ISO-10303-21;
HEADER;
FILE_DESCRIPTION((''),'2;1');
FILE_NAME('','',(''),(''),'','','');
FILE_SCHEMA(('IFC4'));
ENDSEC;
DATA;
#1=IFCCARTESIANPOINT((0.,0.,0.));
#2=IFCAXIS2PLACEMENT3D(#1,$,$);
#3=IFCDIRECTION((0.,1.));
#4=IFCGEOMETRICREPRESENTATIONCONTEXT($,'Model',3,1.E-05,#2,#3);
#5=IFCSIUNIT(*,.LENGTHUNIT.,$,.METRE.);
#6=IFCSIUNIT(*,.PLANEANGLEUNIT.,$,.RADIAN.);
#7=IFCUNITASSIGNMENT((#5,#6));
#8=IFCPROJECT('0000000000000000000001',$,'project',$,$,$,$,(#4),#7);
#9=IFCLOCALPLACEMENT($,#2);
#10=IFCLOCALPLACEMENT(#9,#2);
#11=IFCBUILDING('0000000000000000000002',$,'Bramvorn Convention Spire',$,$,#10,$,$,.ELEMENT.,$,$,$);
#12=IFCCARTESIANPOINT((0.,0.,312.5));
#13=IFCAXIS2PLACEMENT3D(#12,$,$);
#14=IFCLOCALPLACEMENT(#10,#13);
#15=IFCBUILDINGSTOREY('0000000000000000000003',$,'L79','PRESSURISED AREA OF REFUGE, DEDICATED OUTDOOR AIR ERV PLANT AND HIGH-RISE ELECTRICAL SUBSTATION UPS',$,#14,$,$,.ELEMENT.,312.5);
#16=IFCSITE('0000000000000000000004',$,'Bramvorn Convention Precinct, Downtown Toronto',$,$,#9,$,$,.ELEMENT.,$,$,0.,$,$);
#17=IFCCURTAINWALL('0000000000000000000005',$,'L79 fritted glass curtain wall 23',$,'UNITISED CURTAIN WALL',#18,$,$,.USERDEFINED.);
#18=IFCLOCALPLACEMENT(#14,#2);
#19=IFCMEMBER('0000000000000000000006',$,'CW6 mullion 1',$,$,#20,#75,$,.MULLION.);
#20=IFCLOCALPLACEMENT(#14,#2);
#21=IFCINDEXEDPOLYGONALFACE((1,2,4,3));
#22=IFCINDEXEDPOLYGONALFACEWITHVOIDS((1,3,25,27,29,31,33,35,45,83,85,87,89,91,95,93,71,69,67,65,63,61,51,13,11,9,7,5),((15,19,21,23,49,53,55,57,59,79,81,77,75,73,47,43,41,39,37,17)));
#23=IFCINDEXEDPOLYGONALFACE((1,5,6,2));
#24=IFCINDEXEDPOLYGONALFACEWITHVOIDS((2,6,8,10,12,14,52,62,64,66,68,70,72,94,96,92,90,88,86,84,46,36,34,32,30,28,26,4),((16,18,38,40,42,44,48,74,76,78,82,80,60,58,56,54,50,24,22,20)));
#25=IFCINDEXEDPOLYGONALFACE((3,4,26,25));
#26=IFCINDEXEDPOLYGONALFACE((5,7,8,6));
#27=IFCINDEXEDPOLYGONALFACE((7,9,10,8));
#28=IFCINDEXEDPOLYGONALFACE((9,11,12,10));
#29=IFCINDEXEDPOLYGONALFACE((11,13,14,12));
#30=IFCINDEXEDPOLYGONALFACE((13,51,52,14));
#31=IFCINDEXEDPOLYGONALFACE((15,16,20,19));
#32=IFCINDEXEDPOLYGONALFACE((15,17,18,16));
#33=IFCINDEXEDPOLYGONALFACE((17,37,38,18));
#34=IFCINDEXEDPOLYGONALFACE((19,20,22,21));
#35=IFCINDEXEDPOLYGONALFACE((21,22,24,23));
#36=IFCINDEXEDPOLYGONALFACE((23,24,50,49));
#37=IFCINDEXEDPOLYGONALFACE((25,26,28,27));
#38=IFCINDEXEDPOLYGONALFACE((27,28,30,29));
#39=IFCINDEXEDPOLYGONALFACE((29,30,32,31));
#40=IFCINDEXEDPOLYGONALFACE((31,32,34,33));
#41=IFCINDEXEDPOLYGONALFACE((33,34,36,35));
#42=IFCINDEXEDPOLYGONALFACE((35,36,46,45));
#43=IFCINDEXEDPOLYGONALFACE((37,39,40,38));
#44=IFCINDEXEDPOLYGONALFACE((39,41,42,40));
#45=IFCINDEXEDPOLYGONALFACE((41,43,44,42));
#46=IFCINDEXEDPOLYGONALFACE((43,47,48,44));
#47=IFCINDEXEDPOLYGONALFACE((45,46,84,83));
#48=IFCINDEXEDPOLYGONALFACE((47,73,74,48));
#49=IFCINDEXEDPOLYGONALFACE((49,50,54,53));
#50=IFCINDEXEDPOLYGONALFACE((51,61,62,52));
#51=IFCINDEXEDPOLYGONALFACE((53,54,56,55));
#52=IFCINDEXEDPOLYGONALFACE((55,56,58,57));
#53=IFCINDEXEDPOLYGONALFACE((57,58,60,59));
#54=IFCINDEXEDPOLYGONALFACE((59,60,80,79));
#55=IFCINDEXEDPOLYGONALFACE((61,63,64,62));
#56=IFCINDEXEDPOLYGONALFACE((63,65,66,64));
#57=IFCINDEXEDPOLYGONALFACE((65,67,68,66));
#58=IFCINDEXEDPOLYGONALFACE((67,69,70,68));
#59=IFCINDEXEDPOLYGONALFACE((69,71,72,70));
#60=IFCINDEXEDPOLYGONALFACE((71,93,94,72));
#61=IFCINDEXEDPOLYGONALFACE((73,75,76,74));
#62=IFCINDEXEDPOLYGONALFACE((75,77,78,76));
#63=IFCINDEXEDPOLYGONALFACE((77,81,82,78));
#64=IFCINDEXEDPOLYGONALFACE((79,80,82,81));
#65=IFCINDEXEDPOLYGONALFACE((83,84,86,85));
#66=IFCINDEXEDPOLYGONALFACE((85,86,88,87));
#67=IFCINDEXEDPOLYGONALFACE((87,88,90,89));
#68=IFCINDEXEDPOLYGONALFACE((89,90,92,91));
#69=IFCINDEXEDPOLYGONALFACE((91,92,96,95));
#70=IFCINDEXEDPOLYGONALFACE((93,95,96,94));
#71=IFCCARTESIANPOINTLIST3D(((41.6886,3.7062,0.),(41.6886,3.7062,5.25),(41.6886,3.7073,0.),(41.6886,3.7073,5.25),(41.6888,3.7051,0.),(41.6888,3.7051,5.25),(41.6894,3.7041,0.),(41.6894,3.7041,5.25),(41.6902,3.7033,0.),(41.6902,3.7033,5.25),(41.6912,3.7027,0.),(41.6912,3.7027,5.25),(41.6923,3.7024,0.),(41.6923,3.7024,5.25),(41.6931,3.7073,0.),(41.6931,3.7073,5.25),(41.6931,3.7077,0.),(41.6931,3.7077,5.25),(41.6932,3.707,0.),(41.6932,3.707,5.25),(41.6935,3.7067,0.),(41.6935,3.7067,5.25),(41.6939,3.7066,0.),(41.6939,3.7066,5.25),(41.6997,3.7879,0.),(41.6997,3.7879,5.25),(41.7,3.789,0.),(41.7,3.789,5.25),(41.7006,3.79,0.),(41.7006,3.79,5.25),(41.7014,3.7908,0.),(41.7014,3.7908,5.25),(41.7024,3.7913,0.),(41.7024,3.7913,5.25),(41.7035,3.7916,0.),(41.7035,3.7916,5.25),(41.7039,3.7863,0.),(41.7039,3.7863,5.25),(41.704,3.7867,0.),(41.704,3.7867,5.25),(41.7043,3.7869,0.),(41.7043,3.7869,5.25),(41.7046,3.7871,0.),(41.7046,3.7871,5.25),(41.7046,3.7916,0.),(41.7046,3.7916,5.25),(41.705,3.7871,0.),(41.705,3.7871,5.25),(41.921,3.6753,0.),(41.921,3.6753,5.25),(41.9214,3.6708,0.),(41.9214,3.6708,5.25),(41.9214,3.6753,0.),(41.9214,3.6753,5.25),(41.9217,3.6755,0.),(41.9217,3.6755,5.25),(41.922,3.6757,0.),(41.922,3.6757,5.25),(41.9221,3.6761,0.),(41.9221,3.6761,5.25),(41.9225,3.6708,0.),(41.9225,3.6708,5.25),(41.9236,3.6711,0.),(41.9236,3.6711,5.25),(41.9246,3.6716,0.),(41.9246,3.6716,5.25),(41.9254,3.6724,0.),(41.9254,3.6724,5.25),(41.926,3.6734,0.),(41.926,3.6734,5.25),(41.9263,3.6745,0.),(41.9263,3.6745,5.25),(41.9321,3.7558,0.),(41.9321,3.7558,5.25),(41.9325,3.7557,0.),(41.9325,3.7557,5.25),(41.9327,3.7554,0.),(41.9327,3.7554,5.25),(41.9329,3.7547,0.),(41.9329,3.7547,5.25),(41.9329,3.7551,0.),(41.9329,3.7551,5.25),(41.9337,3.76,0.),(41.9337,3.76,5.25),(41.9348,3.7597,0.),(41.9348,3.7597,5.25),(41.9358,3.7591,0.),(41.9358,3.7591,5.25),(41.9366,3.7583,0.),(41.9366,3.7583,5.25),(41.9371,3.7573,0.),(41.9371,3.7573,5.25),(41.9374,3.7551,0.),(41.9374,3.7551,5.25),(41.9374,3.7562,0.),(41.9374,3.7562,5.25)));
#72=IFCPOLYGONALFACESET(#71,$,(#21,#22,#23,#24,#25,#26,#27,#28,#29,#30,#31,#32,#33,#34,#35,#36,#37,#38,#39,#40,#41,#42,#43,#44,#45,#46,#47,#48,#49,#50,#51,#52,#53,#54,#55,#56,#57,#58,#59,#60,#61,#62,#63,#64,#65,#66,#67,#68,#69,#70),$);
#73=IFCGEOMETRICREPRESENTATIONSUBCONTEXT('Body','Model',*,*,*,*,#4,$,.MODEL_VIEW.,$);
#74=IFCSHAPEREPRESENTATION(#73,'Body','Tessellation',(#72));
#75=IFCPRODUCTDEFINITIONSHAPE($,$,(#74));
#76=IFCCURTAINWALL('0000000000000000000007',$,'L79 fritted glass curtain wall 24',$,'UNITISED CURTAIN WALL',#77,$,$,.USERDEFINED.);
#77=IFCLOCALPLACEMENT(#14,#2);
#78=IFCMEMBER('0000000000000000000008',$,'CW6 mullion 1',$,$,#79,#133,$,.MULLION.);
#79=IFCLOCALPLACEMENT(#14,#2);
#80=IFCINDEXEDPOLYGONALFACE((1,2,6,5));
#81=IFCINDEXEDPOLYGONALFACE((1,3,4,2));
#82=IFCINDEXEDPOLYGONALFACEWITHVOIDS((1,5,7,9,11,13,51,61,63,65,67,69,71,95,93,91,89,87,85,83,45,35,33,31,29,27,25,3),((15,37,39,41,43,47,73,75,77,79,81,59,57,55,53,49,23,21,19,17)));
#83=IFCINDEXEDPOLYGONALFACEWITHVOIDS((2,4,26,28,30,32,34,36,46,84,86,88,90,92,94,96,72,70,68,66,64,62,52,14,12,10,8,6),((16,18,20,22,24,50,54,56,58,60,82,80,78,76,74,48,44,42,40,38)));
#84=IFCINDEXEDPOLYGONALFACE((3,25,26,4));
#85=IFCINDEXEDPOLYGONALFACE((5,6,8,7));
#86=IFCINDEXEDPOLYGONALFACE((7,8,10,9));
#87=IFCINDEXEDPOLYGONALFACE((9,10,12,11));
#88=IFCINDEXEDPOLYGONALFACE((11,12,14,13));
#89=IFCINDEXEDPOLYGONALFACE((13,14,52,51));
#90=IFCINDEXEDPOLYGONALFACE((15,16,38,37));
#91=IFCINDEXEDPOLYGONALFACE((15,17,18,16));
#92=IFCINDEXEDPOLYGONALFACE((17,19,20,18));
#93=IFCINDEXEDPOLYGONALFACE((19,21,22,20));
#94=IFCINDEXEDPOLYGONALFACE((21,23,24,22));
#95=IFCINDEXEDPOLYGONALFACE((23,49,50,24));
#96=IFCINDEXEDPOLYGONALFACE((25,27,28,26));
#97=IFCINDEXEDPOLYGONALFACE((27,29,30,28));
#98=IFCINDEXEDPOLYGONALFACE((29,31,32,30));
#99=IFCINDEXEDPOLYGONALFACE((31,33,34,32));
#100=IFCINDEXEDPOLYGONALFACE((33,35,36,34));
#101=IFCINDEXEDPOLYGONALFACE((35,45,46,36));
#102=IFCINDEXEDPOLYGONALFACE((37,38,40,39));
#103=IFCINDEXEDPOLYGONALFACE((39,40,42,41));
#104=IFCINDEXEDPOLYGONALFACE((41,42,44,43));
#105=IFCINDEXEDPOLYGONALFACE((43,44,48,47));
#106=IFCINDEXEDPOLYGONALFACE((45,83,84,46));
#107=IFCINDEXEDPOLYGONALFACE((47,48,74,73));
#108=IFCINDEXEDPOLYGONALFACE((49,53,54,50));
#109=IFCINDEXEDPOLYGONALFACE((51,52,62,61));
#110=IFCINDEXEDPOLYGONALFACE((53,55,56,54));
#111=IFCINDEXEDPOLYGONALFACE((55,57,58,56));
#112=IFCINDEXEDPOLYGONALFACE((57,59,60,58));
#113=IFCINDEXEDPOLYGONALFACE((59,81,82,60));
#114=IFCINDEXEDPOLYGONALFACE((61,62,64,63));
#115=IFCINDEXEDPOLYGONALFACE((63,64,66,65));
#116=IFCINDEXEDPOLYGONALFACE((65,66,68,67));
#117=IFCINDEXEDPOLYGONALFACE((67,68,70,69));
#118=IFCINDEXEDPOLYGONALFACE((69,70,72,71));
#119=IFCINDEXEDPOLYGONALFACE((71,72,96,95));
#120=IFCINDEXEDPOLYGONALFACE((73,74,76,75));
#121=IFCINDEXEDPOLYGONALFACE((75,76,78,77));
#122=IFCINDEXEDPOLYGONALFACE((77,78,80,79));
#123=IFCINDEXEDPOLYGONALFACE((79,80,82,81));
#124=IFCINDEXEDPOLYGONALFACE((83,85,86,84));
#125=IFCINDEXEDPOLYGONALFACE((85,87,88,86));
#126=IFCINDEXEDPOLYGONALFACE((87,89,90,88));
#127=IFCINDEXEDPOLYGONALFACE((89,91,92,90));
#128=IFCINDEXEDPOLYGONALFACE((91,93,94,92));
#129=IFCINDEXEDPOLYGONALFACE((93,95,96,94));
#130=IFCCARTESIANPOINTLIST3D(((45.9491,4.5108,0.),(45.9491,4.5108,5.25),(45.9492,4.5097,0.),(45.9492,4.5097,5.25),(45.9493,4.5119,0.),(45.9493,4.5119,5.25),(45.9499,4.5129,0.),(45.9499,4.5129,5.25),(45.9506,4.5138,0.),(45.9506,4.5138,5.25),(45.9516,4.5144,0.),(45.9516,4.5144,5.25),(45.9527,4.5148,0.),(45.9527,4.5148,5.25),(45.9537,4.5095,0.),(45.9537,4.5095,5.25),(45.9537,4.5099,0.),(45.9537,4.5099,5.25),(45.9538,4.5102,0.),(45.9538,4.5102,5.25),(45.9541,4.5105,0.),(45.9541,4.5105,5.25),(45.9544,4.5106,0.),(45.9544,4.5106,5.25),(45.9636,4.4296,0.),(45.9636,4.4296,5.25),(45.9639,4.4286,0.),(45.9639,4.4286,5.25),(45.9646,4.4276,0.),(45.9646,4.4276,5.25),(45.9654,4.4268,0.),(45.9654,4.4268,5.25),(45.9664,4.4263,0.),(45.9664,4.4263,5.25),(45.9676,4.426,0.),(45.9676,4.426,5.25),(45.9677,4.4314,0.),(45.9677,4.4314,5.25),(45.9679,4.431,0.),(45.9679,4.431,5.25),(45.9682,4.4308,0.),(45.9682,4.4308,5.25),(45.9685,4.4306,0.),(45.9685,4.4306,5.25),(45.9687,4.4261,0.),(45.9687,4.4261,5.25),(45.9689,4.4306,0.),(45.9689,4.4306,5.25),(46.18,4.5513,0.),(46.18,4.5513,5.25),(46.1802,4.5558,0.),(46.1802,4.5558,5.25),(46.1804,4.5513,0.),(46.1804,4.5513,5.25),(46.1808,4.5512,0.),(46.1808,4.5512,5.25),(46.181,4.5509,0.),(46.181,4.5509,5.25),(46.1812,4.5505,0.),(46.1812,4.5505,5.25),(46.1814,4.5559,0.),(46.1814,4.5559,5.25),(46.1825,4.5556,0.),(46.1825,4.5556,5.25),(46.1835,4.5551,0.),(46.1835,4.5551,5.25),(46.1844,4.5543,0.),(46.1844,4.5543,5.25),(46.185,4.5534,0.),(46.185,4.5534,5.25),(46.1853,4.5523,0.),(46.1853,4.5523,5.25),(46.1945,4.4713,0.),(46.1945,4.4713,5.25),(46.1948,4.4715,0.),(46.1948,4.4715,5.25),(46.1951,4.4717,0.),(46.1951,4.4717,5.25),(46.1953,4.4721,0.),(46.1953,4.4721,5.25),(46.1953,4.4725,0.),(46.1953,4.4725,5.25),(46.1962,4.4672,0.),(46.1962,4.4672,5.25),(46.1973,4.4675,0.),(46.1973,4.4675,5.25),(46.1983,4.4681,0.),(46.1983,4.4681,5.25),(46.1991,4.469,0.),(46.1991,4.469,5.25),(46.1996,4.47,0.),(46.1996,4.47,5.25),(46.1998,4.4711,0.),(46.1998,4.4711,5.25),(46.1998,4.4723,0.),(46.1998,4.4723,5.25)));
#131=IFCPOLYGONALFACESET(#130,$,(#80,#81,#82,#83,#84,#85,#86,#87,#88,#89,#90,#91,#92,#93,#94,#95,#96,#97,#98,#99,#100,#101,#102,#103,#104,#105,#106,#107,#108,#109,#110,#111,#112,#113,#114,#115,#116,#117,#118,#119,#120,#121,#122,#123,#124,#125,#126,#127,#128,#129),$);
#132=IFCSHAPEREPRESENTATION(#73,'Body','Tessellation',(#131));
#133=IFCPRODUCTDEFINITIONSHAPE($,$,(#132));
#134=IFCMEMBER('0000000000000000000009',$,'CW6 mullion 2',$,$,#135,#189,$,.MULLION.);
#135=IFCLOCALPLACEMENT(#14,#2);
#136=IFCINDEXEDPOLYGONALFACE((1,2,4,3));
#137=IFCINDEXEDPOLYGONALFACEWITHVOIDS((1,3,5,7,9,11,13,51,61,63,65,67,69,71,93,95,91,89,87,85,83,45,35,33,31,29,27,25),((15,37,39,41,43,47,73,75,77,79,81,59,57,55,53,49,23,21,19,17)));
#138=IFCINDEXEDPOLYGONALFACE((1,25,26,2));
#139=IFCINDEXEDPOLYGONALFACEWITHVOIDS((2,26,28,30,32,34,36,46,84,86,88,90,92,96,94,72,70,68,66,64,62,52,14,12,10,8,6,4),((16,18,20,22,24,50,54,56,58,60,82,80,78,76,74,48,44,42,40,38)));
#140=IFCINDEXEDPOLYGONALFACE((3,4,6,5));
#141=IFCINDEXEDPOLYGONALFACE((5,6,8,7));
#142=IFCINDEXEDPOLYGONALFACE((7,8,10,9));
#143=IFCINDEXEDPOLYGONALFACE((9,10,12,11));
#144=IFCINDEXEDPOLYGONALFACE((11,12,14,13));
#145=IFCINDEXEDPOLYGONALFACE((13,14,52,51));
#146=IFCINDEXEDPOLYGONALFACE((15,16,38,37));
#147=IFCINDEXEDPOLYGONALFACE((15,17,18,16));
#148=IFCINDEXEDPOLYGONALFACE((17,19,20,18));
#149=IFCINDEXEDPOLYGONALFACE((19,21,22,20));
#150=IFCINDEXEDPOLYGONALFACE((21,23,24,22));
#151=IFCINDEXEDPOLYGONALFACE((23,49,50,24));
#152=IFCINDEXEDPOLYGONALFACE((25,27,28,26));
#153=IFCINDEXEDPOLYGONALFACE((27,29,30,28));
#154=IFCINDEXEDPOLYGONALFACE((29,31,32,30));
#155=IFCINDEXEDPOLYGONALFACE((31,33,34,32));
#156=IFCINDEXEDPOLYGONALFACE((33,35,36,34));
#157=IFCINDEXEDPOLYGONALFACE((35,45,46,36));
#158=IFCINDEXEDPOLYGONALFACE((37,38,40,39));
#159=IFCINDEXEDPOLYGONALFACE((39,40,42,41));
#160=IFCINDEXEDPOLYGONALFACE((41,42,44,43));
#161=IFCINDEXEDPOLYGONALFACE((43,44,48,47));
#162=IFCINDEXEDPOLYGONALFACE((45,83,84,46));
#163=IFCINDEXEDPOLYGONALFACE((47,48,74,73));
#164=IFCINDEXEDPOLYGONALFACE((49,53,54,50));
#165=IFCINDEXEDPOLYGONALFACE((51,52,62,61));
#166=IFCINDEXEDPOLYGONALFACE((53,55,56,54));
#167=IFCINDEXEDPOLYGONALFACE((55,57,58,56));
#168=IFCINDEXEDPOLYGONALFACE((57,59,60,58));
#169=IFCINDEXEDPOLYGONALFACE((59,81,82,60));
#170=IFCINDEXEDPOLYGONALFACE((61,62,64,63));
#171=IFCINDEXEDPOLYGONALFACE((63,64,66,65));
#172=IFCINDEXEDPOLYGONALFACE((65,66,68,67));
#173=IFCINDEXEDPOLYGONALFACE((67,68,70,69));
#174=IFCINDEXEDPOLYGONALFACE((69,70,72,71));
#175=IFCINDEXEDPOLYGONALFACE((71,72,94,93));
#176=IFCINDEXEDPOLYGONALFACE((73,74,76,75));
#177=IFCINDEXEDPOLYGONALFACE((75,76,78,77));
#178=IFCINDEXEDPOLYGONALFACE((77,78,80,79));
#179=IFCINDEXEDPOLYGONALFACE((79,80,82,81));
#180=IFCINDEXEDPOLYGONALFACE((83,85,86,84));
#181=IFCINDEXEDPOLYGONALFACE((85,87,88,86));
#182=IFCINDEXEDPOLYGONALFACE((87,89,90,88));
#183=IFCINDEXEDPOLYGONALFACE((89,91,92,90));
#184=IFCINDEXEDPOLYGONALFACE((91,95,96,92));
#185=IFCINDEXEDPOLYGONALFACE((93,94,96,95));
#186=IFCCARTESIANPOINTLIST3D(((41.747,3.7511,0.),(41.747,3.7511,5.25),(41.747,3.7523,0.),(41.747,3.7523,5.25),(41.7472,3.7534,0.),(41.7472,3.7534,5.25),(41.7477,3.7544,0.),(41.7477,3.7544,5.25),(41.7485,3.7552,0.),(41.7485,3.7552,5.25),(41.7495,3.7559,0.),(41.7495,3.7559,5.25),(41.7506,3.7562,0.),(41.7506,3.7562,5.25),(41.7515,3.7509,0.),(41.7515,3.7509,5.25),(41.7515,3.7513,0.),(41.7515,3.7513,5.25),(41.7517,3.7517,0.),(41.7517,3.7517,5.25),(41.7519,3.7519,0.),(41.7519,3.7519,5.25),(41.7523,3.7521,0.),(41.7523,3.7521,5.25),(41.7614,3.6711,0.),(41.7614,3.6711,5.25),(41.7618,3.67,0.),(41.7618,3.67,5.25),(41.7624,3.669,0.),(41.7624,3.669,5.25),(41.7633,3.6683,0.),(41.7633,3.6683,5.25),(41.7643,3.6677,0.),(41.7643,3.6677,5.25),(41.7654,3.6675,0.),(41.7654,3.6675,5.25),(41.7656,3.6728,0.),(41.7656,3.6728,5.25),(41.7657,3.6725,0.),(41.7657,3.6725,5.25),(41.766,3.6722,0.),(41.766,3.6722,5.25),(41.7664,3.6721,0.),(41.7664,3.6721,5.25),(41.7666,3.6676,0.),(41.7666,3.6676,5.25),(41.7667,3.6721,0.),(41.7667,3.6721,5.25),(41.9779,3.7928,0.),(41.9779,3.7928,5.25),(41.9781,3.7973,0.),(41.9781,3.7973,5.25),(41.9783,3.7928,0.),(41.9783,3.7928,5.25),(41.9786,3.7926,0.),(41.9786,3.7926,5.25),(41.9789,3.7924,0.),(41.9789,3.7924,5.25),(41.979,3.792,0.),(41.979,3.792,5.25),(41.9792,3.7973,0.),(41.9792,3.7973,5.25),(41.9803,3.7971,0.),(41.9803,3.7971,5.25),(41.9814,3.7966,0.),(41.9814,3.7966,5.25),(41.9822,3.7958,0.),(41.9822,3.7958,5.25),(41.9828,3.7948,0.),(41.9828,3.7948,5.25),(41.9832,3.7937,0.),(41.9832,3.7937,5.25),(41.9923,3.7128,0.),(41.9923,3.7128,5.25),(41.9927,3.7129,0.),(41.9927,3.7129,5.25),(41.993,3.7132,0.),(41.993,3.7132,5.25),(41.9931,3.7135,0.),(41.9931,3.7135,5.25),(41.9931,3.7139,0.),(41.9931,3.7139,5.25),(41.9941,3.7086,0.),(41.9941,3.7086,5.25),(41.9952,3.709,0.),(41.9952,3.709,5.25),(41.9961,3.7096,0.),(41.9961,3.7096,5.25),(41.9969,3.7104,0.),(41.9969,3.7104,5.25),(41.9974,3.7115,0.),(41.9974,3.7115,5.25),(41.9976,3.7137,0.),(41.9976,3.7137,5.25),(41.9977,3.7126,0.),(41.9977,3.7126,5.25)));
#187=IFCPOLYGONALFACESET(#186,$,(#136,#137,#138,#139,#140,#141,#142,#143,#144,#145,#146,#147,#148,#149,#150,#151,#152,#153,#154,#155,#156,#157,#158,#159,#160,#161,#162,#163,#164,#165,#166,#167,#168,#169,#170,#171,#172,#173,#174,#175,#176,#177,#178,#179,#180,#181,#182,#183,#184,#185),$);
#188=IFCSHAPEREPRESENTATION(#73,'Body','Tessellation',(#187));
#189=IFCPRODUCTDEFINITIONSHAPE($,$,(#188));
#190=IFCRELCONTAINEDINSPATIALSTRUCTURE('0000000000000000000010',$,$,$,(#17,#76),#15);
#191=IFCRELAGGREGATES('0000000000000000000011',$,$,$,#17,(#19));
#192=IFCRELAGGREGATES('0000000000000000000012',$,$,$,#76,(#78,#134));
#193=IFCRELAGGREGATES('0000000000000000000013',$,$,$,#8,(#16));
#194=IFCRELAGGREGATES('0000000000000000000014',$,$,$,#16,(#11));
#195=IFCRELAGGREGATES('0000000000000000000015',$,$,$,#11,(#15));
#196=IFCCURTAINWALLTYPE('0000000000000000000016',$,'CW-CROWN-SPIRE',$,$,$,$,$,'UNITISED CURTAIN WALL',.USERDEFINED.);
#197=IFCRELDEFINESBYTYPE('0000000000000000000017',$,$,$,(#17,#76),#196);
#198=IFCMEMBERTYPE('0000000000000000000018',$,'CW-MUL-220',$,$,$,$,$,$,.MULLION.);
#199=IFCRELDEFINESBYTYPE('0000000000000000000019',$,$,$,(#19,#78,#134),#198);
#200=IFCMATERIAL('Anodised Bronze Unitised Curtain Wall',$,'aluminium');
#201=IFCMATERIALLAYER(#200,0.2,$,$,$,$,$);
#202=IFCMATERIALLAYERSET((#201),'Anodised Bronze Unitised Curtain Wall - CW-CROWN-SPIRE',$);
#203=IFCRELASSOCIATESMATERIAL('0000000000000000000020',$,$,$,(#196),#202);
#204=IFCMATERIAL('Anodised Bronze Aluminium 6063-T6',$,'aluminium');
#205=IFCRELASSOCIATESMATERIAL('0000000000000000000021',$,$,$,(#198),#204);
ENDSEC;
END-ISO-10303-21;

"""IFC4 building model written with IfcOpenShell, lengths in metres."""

from ifc_helpers import new_model, si_unit, direction, frame, origin, origin_2d, place, context, subcontext, project, spatial, hollow_rectangle, extrude, material, layer, layer_set, material_profile, profile_set, type_object, element, aggregate, save


model = new_model("IFC4")

# Units and contexts
model_context = context("Model", 3, precision=1e-05, world=origin(), true_north=direction((0.0, 1.0)))
body_context = subcontext(model_context, "Body", "Model", "MODEL_VIEW")
ifc_project = project(units=[si_unit("LENGTHUNIT", "METRE"), si_unit("PLANEANGLEUNIT", "RADIAN")], contexts=[model_context])

# Site, building, storey
site_placement = place(None, origin())
site = spatial("IfcSite", under=ifc_project, at=site_placement, Name="Bramvorn Convention Precinct, Downtown Toronto", CompositionType="ELEMENT", RefElevation=0.0)
building_placement = place(site_placement, origin())
building = spatial("IfcBuilding", under=site, at=building_placement, Name="Bramvorn Convention Spire", CompositionType="ELEMENT")
storey_placement = place(building_placement, frame((0.0, 0.0, 312.5)))
storey = spatial("IfcBuildingStorey", under=building, at=storey_placement, Name="L79", Description="PRESSURISED AREA OF REFUGE, DEDICATED OUTDOOR AIR ERV PLANT AND HIGH-RISE ELECTRICAL SUBSTATION UPS", CompositionType="ELEMENT", Elevation=312.5)

# Curtain wall, member
ifc_material_1 = material(Name="Anodised Bronze Unitised Curtain Wall", Category="aluminium")
ifc_layer_1 = layer(ifc_material_1, 0.2)
ifc_layer_set_1 = layer_set([ifc_layer_1], Name="Anodised Bronze Unitised Curtain Wall - CW-CROWN-SPIRE")
curtain_wall_type = type_object("IfcCurtainWallType", Name="CW-CROWN-SPIRE", ElementType="UNITISED CURTAIN WALL", PredefinedType="USERDEFINED", material=ifc_layer_set_1)
curtain_wall_1_placement = place(storey_placement, origin())
curtain_wall_1 = element("IfcCurtainWall", 1, at=curtain_wall_1_placement, inside=storey, type_object=curtain_wall_type, Name="L79 fritted glass curtain wall 23", ObjectType="UNITISED CURTAIN WALL", PredefinedType="USERDEFINED")
ifc_material_2 = material(Name="Anodised Bronze Aluminium 6063-T6", Category="aluminium")
ifc_material_profile_1 = material_profile(ifc_material_2, hollow_rectangle(XDim=0.0901, YDim=0.24, WallThickness=0.0044, InnerFilletRadius=0.001, OuterFilletRadius=0.0044, at=origin_2d()))
ifc_profile_set_1 = profile_set([ifc_material_profile_1], Name="Anodised Bronze Aluminium 6063-T6 - CWM90X240")
member_type_1 = type_object("IfcMemberType", Name="CW-MUL-220", PredefinedType="MULLION", material=ifc_profile_set_1)
member_1_placement = place(storey_placement, frame((41.813, 3.7312, 0.0), z_axis=(0.0, 0.0, 1.0), x_axis=(-0.136635, -0.990621, 0.0)))
member_1 = element("IfcMember", 2, at=member_1_placement, type_object=member_type_1, Name="CW6 mullion 1", PredefinedType="MULLION", context=body_context, shape_type="SweptSolid", body=[
    extrude(hollow_rectangle(XDim=0.0901, YDim=0.24, WallThickness=0.0044, InnerFilletRadius=0.001, OuterFilletRadius=0.0044, at=origin_2d()), origin(), (0.0, 0.0, 1.0), 5.25),
])

# Curtain wall, members
curtain_wall_2_placement = place(storey_placement, origin())
curtain_wall_2 = element("IfcCurtainWall", 3, at=curtain_wall_2_placement, inside=storey, type_object=curtain_wall_type, Name="L79 fritted glass curtain wall 24", ObjectType="UNITISED CURTAIN WALL", PredefinedType="USERDEFINED")
member_2_placement = place(storey_placement, frame((46.0745, 4.491, 0.0), z_axis=(0.0, 0.0, 1.0), x_axis=(0.177633, -0.984097, 0.0)))
member_2 = element("IfcMember", 4, at=member_2_placement, type_object=member_type_1, Name="CW6 mullion 1", PredefinedType="MULLION", context=body_context, shape_type="SweptSolid", body=[
    extrude(hollow_rectangle(XDim=0.0901, YDim=0.24, WallThickness=0.0044, InnerFilletRadius=0.001, OuterFilletRadius=0.0044, at=origin_2d()), origin(), (0.0, 0.0, 1.0), 5.25),
])
member_3_placement = place(storey_placement, frame((41.8723, 3.7324, 0.0), z_axis=(0.0, 0.0, 1.0), x_axis=(0.177633, -0.984097, 0.0)))
member_3 = element("IfcMember", 5, at=member_3_placement, type_object=member_type_1, Name="CW6 mullion 2", PredefinedType="MULLION", context=body_context, shape_type="SweptSolid", body=[
    extrude(hollow_rectangle(XDim=0.0901, YDim=0.24, WallThickness=0.0044, InnerFilletRadius=0.001, OuterFilletRadius=0.0044, at=origin_2d()), origin(), (0.0, 0.0, 1.0), 5.25),
])

aggregate(curtain_wall_1, [member_1])
aggregate(curtain_wall_2, [member_2, member_3])

save(model, "model.ifc")
